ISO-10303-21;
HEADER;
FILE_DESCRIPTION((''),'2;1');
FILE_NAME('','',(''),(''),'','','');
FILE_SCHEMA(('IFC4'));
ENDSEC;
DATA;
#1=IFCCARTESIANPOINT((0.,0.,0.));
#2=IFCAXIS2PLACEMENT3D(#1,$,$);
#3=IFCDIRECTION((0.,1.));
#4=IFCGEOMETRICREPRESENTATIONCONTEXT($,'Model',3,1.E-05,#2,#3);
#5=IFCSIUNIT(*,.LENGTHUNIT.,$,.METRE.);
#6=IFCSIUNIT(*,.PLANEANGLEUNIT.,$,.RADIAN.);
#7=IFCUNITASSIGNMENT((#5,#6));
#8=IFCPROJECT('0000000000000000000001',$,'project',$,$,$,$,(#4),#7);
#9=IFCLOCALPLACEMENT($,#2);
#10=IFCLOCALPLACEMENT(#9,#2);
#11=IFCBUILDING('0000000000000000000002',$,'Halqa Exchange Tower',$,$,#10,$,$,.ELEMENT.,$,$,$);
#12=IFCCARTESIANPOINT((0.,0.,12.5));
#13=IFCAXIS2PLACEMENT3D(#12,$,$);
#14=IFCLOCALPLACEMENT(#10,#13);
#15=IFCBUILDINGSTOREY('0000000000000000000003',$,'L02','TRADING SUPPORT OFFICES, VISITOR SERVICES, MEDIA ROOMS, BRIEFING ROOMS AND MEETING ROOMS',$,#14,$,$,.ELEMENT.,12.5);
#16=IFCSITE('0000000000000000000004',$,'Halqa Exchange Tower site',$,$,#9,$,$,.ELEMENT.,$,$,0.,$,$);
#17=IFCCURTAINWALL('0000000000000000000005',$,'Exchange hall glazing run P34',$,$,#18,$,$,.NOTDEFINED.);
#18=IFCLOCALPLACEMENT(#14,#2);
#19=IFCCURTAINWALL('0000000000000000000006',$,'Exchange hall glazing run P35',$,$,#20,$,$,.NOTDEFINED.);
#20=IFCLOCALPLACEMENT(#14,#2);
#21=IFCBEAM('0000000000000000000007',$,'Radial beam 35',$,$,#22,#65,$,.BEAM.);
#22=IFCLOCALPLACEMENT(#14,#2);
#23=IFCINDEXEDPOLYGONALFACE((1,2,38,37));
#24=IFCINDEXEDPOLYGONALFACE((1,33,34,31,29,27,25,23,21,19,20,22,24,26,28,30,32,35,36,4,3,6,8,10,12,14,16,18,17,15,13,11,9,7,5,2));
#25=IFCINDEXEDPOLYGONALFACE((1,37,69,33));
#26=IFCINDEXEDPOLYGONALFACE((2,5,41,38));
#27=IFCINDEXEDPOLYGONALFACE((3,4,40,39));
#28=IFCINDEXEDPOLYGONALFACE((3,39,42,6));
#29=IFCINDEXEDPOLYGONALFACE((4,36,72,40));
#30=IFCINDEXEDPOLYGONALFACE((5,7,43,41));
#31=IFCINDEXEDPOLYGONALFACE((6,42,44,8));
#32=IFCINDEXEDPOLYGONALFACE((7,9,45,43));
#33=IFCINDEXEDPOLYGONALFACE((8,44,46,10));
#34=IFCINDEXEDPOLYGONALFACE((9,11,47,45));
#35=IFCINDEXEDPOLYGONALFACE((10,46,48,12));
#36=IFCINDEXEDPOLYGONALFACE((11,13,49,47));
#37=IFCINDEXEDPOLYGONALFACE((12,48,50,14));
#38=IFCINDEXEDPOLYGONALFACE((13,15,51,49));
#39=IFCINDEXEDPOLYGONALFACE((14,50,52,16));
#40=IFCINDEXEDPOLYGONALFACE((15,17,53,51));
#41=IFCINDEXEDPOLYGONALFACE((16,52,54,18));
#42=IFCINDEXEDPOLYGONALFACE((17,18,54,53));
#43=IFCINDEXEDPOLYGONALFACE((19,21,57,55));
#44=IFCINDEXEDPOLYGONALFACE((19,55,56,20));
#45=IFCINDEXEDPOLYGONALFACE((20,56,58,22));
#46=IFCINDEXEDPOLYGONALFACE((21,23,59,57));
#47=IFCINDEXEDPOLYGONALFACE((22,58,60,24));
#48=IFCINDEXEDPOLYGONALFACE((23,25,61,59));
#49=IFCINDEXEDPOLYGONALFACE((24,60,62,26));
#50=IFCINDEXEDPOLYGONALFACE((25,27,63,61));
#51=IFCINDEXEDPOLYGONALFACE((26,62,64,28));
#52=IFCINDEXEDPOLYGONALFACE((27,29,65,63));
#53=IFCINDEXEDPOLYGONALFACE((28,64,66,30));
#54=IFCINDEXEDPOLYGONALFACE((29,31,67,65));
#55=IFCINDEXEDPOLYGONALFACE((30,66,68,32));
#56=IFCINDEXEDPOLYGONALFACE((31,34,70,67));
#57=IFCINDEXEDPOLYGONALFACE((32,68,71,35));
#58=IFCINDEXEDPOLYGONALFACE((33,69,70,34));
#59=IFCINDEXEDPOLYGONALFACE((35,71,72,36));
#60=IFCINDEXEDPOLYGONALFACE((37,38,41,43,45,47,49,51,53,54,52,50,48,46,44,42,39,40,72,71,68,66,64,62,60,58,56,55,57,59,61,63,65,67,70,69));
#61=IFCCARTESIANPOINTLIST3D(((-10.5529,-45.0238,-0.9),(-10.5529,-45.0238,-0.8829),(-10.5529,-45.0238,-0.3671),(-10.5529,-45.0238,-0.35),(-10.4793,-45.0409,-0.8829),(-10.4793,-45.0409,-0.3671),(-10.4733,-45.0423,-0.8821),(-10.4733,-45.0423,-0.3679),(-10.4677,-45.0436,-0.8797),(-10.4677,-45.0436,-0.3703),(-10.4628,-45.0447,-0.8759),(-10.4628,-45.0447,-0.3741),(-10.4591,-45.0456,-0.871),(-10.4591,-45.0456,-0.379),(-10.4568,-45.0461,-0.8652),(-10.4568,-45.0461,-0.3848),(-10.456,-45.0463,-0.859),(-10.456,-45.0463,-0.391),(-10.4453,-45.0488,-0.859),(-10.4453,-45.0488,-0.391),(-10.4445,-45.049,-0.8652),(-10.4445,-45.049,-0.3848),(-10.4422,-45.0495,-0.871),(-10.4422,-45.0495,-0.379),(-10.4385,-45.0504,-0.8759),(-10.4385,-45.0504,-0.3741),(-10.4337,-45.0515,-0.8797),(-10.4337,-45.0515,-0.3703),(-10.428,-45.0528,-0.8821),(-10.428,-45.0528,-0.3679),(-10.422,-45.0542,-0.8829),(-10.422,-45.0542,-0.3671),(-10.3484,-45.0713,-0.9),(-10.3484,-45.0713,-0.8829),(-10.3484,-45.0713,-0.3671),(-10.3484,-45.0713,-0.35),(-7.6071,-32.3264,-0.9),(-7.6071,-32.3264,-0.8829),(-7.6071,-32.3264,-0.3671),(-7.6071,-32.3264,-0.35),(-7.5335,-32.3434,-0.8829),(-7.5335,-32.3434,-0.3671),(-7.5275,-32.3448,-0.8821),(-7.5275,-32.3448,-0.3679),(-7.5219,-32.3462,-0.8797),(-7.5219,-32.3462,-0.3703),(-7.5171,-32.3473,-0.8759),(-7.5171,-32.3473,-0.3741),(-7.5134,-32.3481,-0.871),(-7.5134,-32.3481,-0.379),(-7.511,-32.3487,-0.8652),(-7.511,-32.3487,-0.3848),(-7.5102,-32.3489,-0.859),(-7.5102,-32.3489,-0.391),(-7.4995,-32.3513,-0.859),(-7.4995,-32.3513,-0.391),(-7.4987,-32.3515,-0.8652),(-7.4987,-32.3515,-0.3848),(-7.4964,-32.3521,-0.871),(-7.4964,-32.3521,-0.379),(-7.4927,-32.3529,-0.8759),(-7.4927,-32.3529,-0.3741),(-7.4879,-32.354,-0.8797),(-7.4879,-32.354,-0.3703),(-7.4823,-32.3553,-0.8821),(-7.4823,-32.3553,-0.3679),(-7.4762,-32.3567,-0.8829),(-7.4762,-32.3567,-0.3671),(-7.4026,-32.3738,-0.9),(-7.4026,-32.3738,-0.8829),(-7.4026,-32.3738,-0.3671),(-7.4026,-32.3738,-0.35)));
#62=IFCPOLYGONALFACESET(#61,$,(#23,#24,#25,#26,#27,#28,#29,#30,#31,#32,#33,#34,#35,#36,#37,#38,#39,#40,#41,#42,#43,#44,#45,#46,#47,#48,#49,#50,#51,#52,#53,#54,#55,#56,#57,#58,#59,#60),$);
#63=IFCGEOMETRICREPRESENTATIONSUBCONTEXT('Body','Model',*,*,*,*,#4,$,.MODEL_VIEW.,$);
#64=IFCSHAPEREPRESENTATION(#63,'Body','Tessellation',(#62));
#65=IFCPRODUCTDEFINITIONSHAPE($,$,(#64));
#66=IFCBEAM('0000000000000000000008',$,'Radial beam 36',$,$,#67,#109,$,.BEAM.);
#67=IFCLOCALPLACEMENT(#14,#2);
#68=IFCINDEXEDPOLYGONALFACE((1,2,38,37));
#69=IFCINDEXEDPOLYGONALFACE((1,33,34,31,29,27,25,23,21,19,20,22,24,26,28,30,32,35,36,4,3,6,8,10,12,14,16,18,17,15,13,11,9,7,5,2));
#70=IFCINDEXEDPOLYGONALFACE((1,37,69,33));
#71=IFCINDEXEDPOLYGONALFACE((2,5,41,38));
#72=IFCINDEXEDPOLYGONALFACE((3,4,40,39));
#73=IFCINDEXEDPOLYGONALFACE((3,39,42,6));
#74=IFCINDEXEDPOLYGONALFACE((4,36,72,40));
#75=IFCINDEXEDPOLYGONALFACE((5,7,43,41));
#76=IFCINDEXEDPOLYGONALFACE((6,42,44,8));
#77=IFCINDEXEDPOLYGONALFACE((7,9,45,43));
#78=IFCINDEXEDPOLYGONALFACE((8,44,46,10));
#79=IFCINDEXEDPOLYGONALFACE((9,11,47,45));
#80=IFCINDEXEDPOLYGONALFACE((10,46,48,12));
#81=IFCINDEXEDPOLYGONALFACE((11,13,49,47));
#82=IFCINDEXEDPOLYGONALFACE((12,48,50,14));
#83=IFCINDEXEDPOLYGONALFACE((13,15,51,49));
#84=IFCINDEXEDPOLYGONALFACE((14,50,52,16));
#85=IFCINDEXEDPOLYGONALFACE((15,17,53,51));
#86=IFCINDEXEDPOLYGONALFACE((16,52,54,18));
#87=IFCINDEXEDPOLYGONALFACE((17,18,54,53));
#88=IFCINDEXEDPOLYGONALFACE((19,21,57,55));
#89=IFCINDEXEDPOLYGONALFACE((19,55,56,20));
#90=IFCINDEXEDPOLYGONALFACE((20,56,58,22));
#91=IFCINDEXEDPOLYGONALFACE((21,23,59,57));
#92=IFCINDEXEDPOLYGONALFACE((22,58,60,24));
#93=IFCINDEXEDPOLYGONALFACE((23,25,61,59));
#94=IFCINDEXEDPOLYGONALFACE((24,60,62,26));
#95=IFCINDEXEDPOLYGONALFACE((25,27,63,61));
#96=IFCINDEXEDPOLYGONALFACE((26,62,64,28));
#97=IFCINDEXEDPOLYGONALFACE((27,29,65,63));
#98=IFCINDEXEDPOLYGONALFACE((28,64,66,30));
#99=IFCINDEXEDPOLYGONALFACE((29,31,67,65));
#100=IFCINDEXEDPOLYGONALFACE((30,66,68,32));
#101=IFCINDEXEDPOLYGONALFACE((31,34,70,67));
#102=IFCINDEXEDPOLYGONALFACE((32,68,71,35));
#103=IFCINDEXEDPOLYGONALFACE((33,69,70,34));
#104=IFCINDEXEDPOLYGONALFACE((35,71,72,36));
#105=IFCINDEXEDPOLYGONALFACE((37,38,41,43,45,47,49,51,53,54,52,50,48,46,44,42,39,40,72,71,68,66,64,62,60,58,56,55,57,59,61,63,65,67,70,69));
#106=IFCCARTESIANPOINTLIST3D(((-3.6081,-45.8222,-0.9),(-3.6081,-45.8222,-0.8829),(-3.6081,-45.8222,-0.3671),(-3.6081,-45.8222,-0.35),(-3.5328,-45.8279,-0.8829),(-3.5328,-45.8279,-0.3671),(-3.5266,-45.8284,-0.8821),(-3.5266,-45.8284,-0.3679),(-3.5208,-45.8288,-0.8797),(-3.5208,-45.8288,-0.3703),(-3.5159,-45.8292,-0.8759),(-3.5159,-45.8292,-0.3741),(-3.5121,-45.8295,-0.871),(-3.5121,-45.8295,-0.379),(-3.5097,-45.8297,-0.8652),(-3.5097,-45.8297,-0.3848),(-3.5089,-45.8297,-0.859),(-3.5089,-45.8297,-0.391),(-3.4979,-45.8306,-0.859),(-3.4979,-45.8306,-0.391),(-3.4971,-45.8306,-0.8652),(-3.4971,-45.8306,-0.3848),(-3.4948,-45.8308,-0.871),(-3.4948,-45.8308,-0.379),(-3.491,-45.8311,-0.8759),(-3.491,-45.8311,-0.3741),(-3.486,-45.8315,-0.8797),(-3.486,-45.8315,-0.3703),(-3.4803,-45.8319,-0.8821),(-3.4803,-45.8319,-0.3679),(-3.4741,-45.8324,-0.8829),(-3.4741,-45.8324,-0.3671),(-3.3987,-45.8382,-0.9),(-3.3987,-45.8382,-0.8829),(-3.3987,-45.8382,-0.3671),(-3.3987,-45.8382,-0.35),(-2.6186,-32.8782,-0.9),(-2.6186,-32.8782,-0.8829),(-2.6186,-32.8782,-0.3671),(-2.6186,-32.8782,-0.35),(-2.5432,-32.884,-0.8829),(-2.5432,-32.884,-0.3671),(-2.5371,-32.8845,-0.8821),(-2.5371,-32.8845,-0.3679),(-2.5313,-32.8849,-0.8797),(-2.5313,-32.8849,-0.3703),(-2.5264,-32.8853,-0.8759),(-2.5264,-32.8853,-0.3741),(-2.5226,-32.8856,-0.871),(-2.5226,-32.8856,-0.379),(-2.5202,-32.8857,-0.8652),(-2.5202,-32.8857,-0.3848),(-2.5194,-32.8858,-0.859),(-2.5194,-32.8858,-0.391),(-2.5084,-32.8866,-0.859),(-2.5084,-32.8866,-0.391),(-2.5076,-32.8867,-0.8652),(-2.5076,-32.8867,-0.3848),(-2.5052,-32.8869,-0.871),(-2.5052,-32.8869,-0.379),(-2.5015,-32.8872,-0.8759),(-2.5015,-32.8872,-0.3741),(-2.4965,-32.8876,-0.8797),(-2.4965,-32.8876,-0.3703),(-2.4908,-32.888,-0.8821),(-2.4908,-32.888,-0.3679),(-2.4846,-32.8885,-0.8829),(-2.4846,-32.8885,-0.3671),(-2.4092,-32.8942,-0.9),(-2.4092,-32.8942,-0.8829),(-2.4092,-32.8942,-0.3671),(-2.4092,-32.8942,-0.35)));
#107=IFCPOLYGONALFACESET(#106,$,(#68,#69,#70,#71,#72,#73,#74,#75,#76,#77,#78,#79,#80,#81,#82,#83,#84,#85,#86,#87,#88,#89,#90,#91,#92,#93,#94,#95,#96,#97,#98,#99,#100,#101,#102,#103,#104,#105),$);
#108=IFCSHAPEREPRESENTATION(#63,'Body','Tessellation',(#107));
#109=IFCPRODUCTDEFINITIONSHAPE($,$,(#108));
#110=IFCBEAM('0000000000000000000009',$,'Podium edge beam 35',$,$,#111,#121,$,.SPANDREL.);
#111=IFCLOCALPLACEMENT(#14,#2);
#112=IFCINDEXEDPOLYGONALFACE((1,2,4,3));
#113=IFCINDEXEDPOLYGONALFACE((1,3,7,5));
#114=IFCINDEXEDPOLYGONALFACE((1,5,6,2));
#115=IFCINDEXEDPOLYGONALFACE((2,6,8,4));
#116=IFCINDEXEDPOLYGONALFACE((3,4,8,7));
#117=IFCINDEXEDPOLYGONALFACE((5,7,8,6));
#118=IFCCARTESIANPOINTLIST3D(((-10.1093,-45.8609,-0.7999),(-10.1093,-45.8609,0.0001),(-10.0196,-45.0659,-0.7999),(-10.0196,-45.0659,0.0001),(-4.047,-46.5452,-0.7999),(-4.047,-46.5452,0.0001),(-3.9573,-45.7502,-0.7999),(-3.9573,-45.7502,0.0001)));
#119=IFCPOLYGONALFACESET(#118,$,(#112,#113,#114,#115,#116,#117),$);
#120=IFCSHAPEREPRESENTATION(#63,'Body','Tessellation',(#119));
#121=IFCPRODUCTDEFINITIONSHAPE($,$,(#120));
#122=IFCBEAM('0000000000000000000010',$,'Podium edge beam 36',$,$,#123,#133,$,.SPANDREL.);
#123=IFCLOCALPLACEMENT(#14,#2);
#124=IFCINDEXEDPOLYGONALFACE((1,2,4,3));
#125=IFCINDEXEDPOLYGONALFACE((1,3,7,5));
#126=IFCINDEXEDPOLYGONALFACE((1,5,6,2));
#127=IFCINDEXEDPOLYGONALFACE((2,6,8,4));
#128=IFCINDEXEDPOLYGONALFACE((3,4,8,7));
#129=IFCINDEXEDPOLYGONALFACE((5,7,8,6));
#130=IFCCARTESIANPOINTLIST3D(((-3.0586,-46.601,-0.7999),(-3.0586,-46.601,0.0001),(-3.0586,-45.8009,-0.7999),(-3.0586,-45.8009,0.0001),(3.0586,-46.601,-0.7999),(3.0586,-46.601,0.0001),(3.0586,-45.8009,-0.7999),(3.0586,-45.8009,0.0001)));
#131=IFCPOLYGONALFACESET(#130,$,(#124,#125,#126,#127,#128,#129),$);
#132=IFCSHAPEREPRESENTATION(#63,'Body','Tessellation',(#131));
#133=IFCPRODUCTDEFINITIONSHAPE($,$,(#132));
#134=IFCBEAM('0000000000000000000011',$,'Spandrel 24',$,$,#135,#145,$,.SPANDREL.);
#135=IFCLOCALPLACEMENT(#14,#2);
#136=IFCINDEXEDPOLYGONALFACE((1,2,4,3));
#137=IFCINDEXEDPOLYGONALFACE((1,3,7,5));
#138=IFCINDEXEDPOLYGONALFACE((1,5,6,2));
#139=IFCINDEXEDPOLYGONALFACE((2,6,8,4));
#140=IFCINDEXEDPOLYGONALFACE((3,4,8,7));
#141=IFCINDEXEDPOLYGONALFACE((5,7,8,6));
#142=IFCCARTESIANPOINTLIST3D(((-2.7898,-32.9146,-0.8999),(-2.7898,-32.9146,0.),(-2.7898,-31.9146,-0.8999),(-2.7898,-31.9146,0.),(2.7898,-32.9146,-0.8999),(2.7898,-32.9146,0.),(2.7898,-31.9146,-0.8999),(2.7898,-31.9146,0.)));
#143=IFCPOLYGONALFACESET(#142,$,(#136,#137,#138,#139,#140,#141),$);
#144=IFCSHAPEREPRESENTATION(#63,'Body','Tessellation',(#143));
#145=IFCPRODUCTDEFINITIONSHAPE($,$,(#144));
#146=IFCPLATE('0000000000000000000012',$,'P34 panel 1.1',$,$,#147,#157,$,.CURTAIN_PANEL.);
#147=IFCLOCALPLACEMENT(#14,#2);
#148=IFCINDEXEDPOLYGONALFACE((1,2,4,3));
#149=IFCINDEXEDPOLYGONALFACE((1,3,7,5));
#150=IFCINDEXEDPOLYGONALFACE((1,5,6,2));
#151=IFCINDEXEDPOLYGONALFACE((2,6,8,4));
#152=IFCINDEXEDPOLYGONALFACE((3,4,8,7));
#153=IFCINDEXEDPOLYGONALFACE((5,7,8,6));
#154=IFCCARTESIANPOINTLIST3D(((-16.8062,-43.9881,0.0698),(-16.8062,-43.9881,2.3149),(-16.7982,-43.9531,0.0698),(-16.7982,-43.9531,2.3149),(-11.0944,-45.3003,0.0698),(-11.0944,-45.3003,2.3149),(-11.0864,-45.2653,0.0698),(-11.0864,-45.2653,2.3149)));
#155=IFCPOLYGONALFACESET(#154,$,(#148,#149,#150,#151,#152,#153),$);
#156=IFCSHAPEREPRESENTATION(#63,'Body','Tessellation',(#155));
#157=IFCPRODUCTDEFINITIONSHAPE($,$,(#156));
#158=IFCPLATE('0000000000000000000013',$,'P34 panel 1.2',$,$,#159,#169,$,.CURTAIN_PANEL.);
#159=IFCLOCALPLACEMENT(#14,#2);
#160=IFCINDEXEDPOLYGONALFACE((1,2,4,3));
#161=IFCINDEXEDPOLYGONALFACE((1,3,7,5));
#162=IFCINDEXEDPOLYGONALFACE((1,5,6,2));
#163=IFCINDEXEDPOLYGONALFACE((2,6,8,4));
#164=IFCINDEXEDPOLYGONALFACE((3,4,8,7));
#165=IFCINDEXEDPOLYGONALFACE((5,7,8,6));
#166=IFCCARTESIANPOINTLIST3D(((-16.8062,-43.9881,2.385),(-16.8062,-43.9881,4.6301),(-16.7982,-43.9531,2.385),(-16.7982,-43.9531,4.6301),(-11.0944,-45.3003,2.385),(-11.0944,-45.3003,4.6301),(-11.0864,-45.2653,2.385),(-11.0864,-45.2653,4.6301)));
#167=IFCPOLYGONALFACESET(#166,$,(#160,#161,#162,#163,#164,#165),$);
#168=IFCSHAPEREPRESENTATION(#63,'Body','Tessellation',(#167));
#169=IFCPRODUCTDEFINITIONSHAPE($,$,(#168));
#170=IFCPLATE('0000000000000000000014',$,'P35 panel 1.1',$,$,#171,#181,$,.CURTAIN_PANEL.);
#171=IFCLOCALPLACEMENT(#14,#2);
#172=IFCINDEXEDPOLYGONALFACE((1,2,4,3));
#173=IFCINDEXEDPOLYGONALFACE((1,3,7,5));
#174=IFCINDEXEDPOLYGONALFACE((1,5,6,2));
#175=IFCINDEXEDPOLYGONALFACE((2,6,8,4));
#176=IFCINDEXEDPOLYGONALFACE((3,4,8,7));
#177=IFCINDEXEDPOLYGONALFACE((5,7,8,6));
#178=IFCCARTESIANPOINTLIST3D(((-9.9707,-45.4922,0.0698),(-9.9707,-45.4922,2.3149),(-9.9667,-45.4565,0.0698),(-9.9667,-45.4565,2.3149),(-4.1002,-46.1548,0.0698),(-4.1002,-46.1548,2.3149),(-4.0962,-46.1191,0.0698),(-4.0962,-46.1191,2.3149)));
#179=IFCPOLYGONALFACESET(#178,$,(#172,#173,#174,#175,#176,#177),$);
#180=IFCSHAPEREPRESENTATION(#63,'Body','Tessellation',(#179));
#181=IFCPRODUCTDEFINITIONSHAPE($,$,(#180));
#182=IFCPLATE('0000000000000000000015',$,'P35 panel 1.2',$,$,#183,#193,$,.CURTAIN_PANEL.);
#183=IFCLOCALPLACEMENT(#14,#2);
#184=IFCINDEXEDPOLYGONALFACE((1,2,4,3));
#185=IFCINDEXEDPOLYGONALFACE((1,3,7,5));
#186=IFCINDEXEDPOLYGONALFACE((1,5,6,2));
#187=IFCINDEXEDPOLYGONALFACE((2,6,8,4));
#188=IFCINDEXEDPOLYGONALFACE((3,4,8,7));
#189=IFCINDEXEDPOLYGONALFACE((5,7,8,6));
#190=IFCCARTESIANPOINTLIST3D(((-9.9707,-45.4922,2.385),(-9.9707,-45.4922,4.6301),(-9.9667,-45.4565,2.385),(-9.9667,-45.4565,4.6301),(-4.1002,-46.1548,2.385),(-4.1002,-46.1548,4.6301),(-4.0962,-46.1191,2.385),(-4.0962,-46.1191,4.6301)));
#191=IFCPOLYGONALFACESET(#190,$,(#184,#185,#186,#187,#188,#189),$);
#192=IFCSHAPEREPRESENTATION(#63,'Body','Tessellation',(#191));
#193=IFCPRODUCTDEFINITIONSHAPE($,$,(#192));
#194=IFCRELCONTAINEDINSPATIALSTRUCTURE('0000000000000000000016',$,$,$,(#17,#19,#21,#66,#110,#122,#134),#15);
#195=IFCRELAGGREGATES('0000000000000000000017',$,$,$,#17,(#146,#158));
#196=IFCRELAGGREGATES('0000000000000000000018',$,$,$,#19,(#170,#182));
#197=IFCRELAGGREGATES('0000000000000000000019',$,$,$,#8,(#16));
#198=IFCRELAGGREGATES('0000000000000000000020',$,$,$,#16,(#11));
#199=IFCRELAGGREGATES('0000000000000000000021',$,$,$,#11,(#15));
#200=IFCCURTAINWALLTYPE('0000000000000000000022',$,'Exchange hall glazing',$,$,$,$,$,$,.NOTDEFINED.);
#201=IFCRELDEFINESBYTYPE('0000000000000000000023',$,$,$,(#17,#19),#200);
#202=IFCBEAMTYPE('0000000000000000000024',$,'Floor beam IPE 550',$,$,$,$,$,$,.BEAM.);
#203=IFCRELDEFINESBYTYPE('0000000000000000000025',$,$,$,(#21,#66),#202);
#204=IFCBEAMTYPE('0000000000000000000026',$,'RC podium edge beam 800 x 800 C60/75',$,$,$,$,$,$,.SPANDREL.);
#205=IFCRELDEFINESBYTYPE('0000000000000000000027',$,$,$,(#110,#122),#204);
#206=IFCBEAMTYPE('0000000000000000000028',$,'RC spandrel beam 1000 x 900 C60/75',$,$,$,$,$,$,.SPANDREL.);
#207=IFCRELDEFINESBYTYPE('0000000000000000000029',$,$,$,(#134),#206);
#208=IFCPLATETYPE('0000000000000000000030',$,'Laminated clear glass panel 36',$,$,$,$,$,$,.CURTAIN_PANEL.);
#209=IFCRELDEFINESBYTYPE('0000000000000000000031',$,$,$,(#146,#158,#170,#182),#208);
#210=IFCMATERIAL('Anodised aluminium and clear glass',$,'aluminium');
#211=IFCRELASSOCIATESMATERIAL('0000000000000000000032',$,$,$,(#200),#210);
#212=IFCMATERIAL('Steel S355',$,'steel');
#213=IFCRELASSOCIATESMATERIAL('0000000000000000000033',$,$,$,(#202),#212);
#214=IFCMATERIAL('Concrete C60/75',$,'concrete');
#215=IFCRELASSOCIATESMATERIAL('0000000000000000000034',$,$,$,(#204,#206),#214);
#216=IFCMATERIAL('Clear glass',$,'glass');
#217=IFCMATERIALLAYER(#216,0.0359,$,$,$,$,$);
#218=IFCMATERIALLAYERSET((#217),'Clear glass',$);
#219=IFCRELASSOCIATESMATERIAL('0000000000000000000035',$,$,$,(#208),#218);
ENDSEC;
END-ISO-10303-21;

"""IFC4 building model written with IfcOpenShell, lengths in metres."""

from ifc_helpers import new_model, si_unit, direction, frame, origin, origin_2d, place, context, subcontext, project, spatial, rectangle, i_section, extrude, material, layer, layer_set, material_profile, profile_set, type_object, element, aggregate, save


model = new_model("IFC4")

# Units and contexts
model_context = context("Model", 3, precision=1e-05, world=origin(), true_north=direction((0.0, 1.0)))
body_context = subcontext(model_context, "Body", "Model", "MODEL_VIEW")
ifc_project = project(units=[si_unit("LENGTHUNIT", "METRE"), si_unit("PLANEANGLEUNIT", "RADIAN")], contexts=[model_context])

# Site, building, storey
site_placement = place(None, origin())
site = spatial("IfcSite", under=ifc_project, at=site_placement, Name="Halqa Exchange Tower site", CompositionType="ELEMENT", RefElevation=0.0)
building_placement = place(site_placement, origin())
building = spatial("IfcBuilding", under=site, at=building_placement, Name="Halqa Exchange Tower", CompositionType="ELEMENT")
storey_placement = place(building_placement, frame((0.0, 0.0, 12.5)))
storey = spatial("IfcBuildingStorey", under=building, at=storey_placement, Name="L02", Description="TRADING SUPPORT OFFICES, VISITOR SERVICES, MEDIA ROOMS, BRIEFING ROOMS AND MEETING ROOMS", CompositionType="ELEMENT", Elevation=12.5)

# Shared definitions
ifc_material_1 = material(Name="Concrete C60/75", Category="concrete")

# Curtain wall
ifc_material_2 = material(Name="Anodised aluminium and clear glass", Category="aluminium")
curtain_wall_type = type_object("IfcCurtainWallType", Name="Exchange hall glazing", PredefinedType="NOTDEFINED", material=ifc_material_2)
curtain_wall_1_placement = place(storey_placement, origin())
curtain_wall_1 = element("IfcCurtainWall", 1, at=curtain_wall_1_placement, inside=storey, type_object=curtain_wall_type, Name="Exchange hall glazing run P34", PredefinedType="NOTDEFINED")

# Curtain wall
curtain_wall_2_placement = place(storey_placement, origin())
curtain_wall_2 = element("IfcCurtainWall", 2, at=curtain_wall_2_placement, inside=storey, type_object=curtain_wall_type, Name="Exchange hall glazing run P35", PredefinedType="NOTDEFINED")

# Beams
ifc_material_3 = material(Name="Steel S355", Category="steel")
ifc_material_profile_1 = material_profile(ifc_material_3, i_section(OverallWidth=0.21, OverallDepth=0.55, WebThickness=0.011, FlangeThickness=0.0171, FilletRadius=0.0239, at=origin_2d()), Name="IPE 550")
ifc_profile_set_1 = profile_set([ifc_material_profile_1], Name="Steel S355")
beam_type_1 = type_object("IfcBeamType", Name="Floor beam IPE 550", PredefinedType="BEAM", material=ifc_profile_set_1)
beam_1_placement = place(storey_placement, frame((-7.5049, -32.3501, -0.625), z_axis=(-0.225996, -0.974128, 0.0), x_axis=(0.974128, -0.225996, 0.0)))
element("IfcBeam", 3, at=beam_1_placement, inside=storey, type_object=beam_type_1, Name="Radial beam 35", PredefinedType="BEAM", context=body_context, shape_type="SweptSolid", body=[
    extrude(i_section(OverallWidth=0.21, OverallDepth=0.55, WebThickness=0.011, FlangeThickness=0.0171, FilletRadius=0.0239, at=origin_2d()), origin(), (0.0, 0.0, 1.0), 13.0347),
])
beam_2_placement = place(storey_placement, frame((-2.5139, -32.8862, -0.625), z_axis=(-0.076223, -0.997091, 0.0), x_axis=(0.997091, -0.076223, 0.0)))
element("IfcBeam", 4, at=beam_2_placement, inside=storey, type_object=beam_type_1, Name="Radial beam 36", PredefinedType="BEAM", context=body_context, shape_type="SweptSolid", body=[
    extrude(i_section(OverallWidth=0.21, OverallDepth=0.55, WebThickness=0.011, FlangeThickness=0.0171, FilletRadius=0.0239, at=origin_2d()), origin(), (0.0, 0.0, 1.0), 12.9817),
])
ifc_material_profile_2 = material_profile(ifc_material_1, rectangle(XDim=0.8, YDim=0.8, at=origin_2d()), Name="800 x 800")
ifc_profile_set_2 = profile_set([ifc_material_profile_2], Name="Concrete C60/75")
beam_type_2 = type_object("IfcBeamType", Name="RC podium edge beam 800 x 800 C60/75", PredefinedType="SPANDREL", material=ifc_profile_set_2)
beam_3_placement = place(storey_placement, frame((-10.0645, -45.4634, -0.3999), z_axis=(0.993689, -0.112171, 0.0), x_axis=(0.112171, 0.993689, 0.0)))
element("IfcBeam", 5, at=beam_3_placement, inside=storey, type_object=beam_type_2, Name="Podium edge beam 35", PredefinedType="SPANDREL", context=body_context, shape_type="SweptSolid", body=[
    extrude(rectangle(XDim=0.8, YDim=0.8, at=origin_2d()), origin(), (0.0, 0.0, 1.0), 6.1008),
])
beam_4_placement = place(storey_placement, frame((-3.0586, -46.2009, -0.3999), z_axis=(1.0, 0.0, 0.0), x_axis=(0.0, 1.0, 0.0)))
element("IfcBeam", 6, at=beam_4_placement, inside=storey, type_object=beam_type_2, Name="Podium edge beam 36", PredefinedType="SPANDREL", context=body_context, shape_type="SweptSolid", body=[
    extrude(rectangle(XDim=0.8, YDim=0.8, at=origin_2d()), origin(), (0.0, 0.0, 1.0), 6.1172),
])
ifc_material_profile_3 = material_profile(ifc_material_1, rectangle(XDim=1.0, YDim=0.8999, at=origin_2d()), Name="1000 x 900")
ifc_profile_set_3 = profile_set([ifc_material_profile_3], Name="Concrete C60/75")
beam_type_3 = type_object("IfcBeamType", Name="RC spandrel beam 1000 x 900 C60/75", PredefinedType="SPANDREL", material=ifc_profile_set_3)
beam_5_placement = place(storey_placement, frame((-2.7898, -32.4146, -0.45), z_axis=(1.0, 0.0, 0.0), x_axis=(0.0, 1.0, 0.0)))
element("IfcBeam", 7, at=beam_5_placement, inside=storey, type_object=beam_type_3, Name="Spandrel 24", PredefinedType="SPANDREL", context=body_context, shape_type="SweptSolid", body=[
    extrude(rectangle(XDim=1.0, YDim=0.8999, at=origin_2d()), origin(), (0.0, 0.0, 1.0), 5.5796),
])

# Plates
ifc_material_4 = material(Name="Clear glass", Category="glass")
ifc_layer_1 = layer(ifc_material_4, 0.0359)
ifc_layer_set_1 = layer_set([ifc_layer_1], Name="Clear glass")
plate_type = type_object("IfcPlateType", Name="Laminated clear glass panel 36", PredefinedType="CURTAIN_PANEL", material=ifc_layer_set_1)
plate_1_placement = place(storey_placement, frame((-13.9463, -44.6267, 0.0698), z_axis=(0.0, 0.0, 1.0), x_axis=(0.974613, -0.223897, 0.0)))
plate_1 = element("IfcPlate", 8, at=plate_1_placement, type_object=plate_type, Name="P34 panel 1.1", PredefinedType="CURTAIN_PANEL", context=body_context, shape_type="SweptSolid", body=[
    extrude(rectangle(XDim=5.8606, YDim=0.0359, at=origin_2d()), origin(), (0.0, 0.0, 1.0), 2.2451),
])
plate_2_placement = place(storey_placement, frame((-13.9463, -44.6267, 2.385), z_axis=(0.0, 0.0, 1.0), x_axis=(0.974613, -0.223897, 0.0)))
plate_2 = element("IfcPlate", 9, at=plate_2_placement, type_object=plate_type, Name="P34 panel 1.2", PredefinedType="CURTAIN_PANEL", context=body_context, shape_type="SweptSolid", body=[
    extrude(rectangle(XDim=5.8606, YDim=0.0359, at=origin_2d()), origin(), (0.0, 0.0, 1.0), 2.2451),
])
aggregate(curtain_wall_1, [plate_1, plate_2])
plate_3_placement = place(storey_placement, frame((-7.0334, -45.8057, 0.0698), z_axis=(0.0, 0.0, 1.0), x_axis=(0.99369, -0.112159, 0.0)))
plate_3 = element("IfcPlate", 10, at=plate_3_placement, type_object=plate_type, Name="P35 panel 1.1", PredefinedType="CURTAIN_PANEL", context=body_context, shape_type="SweptSolid", body=[
    extrude(rectangle(XDim=5.9077, YDim=0.0359, at=origin_2d()), origin(), (0.0, 0.0, 1.0), 2.2451),
])
plate_4_placement = place(storey_placement, frame((-7.0334, -45.8057, 2.385), z_axis=(0.0, 0.0, 1.0), x_axis=(0.99369, -0.112159, 0.0)))
plate_4 = element("IfcPlate", 11, at=plate_4_placement, type_object=plate_type, Name="P35 panel 1.2", PredefinedType="CURTAIN_PANEL", context=body_context, shape_type="SweptSolid", body=[
    extrude(rectangle(XDim=5.9077, YDim=0.0359, at=origin_2d()), origin(), (0.0, 0.0, 1.0), 2.2451),
])
aggregate(curtain_wall_2, [plate_3, plate_4])

save(model, "model.ifc")
